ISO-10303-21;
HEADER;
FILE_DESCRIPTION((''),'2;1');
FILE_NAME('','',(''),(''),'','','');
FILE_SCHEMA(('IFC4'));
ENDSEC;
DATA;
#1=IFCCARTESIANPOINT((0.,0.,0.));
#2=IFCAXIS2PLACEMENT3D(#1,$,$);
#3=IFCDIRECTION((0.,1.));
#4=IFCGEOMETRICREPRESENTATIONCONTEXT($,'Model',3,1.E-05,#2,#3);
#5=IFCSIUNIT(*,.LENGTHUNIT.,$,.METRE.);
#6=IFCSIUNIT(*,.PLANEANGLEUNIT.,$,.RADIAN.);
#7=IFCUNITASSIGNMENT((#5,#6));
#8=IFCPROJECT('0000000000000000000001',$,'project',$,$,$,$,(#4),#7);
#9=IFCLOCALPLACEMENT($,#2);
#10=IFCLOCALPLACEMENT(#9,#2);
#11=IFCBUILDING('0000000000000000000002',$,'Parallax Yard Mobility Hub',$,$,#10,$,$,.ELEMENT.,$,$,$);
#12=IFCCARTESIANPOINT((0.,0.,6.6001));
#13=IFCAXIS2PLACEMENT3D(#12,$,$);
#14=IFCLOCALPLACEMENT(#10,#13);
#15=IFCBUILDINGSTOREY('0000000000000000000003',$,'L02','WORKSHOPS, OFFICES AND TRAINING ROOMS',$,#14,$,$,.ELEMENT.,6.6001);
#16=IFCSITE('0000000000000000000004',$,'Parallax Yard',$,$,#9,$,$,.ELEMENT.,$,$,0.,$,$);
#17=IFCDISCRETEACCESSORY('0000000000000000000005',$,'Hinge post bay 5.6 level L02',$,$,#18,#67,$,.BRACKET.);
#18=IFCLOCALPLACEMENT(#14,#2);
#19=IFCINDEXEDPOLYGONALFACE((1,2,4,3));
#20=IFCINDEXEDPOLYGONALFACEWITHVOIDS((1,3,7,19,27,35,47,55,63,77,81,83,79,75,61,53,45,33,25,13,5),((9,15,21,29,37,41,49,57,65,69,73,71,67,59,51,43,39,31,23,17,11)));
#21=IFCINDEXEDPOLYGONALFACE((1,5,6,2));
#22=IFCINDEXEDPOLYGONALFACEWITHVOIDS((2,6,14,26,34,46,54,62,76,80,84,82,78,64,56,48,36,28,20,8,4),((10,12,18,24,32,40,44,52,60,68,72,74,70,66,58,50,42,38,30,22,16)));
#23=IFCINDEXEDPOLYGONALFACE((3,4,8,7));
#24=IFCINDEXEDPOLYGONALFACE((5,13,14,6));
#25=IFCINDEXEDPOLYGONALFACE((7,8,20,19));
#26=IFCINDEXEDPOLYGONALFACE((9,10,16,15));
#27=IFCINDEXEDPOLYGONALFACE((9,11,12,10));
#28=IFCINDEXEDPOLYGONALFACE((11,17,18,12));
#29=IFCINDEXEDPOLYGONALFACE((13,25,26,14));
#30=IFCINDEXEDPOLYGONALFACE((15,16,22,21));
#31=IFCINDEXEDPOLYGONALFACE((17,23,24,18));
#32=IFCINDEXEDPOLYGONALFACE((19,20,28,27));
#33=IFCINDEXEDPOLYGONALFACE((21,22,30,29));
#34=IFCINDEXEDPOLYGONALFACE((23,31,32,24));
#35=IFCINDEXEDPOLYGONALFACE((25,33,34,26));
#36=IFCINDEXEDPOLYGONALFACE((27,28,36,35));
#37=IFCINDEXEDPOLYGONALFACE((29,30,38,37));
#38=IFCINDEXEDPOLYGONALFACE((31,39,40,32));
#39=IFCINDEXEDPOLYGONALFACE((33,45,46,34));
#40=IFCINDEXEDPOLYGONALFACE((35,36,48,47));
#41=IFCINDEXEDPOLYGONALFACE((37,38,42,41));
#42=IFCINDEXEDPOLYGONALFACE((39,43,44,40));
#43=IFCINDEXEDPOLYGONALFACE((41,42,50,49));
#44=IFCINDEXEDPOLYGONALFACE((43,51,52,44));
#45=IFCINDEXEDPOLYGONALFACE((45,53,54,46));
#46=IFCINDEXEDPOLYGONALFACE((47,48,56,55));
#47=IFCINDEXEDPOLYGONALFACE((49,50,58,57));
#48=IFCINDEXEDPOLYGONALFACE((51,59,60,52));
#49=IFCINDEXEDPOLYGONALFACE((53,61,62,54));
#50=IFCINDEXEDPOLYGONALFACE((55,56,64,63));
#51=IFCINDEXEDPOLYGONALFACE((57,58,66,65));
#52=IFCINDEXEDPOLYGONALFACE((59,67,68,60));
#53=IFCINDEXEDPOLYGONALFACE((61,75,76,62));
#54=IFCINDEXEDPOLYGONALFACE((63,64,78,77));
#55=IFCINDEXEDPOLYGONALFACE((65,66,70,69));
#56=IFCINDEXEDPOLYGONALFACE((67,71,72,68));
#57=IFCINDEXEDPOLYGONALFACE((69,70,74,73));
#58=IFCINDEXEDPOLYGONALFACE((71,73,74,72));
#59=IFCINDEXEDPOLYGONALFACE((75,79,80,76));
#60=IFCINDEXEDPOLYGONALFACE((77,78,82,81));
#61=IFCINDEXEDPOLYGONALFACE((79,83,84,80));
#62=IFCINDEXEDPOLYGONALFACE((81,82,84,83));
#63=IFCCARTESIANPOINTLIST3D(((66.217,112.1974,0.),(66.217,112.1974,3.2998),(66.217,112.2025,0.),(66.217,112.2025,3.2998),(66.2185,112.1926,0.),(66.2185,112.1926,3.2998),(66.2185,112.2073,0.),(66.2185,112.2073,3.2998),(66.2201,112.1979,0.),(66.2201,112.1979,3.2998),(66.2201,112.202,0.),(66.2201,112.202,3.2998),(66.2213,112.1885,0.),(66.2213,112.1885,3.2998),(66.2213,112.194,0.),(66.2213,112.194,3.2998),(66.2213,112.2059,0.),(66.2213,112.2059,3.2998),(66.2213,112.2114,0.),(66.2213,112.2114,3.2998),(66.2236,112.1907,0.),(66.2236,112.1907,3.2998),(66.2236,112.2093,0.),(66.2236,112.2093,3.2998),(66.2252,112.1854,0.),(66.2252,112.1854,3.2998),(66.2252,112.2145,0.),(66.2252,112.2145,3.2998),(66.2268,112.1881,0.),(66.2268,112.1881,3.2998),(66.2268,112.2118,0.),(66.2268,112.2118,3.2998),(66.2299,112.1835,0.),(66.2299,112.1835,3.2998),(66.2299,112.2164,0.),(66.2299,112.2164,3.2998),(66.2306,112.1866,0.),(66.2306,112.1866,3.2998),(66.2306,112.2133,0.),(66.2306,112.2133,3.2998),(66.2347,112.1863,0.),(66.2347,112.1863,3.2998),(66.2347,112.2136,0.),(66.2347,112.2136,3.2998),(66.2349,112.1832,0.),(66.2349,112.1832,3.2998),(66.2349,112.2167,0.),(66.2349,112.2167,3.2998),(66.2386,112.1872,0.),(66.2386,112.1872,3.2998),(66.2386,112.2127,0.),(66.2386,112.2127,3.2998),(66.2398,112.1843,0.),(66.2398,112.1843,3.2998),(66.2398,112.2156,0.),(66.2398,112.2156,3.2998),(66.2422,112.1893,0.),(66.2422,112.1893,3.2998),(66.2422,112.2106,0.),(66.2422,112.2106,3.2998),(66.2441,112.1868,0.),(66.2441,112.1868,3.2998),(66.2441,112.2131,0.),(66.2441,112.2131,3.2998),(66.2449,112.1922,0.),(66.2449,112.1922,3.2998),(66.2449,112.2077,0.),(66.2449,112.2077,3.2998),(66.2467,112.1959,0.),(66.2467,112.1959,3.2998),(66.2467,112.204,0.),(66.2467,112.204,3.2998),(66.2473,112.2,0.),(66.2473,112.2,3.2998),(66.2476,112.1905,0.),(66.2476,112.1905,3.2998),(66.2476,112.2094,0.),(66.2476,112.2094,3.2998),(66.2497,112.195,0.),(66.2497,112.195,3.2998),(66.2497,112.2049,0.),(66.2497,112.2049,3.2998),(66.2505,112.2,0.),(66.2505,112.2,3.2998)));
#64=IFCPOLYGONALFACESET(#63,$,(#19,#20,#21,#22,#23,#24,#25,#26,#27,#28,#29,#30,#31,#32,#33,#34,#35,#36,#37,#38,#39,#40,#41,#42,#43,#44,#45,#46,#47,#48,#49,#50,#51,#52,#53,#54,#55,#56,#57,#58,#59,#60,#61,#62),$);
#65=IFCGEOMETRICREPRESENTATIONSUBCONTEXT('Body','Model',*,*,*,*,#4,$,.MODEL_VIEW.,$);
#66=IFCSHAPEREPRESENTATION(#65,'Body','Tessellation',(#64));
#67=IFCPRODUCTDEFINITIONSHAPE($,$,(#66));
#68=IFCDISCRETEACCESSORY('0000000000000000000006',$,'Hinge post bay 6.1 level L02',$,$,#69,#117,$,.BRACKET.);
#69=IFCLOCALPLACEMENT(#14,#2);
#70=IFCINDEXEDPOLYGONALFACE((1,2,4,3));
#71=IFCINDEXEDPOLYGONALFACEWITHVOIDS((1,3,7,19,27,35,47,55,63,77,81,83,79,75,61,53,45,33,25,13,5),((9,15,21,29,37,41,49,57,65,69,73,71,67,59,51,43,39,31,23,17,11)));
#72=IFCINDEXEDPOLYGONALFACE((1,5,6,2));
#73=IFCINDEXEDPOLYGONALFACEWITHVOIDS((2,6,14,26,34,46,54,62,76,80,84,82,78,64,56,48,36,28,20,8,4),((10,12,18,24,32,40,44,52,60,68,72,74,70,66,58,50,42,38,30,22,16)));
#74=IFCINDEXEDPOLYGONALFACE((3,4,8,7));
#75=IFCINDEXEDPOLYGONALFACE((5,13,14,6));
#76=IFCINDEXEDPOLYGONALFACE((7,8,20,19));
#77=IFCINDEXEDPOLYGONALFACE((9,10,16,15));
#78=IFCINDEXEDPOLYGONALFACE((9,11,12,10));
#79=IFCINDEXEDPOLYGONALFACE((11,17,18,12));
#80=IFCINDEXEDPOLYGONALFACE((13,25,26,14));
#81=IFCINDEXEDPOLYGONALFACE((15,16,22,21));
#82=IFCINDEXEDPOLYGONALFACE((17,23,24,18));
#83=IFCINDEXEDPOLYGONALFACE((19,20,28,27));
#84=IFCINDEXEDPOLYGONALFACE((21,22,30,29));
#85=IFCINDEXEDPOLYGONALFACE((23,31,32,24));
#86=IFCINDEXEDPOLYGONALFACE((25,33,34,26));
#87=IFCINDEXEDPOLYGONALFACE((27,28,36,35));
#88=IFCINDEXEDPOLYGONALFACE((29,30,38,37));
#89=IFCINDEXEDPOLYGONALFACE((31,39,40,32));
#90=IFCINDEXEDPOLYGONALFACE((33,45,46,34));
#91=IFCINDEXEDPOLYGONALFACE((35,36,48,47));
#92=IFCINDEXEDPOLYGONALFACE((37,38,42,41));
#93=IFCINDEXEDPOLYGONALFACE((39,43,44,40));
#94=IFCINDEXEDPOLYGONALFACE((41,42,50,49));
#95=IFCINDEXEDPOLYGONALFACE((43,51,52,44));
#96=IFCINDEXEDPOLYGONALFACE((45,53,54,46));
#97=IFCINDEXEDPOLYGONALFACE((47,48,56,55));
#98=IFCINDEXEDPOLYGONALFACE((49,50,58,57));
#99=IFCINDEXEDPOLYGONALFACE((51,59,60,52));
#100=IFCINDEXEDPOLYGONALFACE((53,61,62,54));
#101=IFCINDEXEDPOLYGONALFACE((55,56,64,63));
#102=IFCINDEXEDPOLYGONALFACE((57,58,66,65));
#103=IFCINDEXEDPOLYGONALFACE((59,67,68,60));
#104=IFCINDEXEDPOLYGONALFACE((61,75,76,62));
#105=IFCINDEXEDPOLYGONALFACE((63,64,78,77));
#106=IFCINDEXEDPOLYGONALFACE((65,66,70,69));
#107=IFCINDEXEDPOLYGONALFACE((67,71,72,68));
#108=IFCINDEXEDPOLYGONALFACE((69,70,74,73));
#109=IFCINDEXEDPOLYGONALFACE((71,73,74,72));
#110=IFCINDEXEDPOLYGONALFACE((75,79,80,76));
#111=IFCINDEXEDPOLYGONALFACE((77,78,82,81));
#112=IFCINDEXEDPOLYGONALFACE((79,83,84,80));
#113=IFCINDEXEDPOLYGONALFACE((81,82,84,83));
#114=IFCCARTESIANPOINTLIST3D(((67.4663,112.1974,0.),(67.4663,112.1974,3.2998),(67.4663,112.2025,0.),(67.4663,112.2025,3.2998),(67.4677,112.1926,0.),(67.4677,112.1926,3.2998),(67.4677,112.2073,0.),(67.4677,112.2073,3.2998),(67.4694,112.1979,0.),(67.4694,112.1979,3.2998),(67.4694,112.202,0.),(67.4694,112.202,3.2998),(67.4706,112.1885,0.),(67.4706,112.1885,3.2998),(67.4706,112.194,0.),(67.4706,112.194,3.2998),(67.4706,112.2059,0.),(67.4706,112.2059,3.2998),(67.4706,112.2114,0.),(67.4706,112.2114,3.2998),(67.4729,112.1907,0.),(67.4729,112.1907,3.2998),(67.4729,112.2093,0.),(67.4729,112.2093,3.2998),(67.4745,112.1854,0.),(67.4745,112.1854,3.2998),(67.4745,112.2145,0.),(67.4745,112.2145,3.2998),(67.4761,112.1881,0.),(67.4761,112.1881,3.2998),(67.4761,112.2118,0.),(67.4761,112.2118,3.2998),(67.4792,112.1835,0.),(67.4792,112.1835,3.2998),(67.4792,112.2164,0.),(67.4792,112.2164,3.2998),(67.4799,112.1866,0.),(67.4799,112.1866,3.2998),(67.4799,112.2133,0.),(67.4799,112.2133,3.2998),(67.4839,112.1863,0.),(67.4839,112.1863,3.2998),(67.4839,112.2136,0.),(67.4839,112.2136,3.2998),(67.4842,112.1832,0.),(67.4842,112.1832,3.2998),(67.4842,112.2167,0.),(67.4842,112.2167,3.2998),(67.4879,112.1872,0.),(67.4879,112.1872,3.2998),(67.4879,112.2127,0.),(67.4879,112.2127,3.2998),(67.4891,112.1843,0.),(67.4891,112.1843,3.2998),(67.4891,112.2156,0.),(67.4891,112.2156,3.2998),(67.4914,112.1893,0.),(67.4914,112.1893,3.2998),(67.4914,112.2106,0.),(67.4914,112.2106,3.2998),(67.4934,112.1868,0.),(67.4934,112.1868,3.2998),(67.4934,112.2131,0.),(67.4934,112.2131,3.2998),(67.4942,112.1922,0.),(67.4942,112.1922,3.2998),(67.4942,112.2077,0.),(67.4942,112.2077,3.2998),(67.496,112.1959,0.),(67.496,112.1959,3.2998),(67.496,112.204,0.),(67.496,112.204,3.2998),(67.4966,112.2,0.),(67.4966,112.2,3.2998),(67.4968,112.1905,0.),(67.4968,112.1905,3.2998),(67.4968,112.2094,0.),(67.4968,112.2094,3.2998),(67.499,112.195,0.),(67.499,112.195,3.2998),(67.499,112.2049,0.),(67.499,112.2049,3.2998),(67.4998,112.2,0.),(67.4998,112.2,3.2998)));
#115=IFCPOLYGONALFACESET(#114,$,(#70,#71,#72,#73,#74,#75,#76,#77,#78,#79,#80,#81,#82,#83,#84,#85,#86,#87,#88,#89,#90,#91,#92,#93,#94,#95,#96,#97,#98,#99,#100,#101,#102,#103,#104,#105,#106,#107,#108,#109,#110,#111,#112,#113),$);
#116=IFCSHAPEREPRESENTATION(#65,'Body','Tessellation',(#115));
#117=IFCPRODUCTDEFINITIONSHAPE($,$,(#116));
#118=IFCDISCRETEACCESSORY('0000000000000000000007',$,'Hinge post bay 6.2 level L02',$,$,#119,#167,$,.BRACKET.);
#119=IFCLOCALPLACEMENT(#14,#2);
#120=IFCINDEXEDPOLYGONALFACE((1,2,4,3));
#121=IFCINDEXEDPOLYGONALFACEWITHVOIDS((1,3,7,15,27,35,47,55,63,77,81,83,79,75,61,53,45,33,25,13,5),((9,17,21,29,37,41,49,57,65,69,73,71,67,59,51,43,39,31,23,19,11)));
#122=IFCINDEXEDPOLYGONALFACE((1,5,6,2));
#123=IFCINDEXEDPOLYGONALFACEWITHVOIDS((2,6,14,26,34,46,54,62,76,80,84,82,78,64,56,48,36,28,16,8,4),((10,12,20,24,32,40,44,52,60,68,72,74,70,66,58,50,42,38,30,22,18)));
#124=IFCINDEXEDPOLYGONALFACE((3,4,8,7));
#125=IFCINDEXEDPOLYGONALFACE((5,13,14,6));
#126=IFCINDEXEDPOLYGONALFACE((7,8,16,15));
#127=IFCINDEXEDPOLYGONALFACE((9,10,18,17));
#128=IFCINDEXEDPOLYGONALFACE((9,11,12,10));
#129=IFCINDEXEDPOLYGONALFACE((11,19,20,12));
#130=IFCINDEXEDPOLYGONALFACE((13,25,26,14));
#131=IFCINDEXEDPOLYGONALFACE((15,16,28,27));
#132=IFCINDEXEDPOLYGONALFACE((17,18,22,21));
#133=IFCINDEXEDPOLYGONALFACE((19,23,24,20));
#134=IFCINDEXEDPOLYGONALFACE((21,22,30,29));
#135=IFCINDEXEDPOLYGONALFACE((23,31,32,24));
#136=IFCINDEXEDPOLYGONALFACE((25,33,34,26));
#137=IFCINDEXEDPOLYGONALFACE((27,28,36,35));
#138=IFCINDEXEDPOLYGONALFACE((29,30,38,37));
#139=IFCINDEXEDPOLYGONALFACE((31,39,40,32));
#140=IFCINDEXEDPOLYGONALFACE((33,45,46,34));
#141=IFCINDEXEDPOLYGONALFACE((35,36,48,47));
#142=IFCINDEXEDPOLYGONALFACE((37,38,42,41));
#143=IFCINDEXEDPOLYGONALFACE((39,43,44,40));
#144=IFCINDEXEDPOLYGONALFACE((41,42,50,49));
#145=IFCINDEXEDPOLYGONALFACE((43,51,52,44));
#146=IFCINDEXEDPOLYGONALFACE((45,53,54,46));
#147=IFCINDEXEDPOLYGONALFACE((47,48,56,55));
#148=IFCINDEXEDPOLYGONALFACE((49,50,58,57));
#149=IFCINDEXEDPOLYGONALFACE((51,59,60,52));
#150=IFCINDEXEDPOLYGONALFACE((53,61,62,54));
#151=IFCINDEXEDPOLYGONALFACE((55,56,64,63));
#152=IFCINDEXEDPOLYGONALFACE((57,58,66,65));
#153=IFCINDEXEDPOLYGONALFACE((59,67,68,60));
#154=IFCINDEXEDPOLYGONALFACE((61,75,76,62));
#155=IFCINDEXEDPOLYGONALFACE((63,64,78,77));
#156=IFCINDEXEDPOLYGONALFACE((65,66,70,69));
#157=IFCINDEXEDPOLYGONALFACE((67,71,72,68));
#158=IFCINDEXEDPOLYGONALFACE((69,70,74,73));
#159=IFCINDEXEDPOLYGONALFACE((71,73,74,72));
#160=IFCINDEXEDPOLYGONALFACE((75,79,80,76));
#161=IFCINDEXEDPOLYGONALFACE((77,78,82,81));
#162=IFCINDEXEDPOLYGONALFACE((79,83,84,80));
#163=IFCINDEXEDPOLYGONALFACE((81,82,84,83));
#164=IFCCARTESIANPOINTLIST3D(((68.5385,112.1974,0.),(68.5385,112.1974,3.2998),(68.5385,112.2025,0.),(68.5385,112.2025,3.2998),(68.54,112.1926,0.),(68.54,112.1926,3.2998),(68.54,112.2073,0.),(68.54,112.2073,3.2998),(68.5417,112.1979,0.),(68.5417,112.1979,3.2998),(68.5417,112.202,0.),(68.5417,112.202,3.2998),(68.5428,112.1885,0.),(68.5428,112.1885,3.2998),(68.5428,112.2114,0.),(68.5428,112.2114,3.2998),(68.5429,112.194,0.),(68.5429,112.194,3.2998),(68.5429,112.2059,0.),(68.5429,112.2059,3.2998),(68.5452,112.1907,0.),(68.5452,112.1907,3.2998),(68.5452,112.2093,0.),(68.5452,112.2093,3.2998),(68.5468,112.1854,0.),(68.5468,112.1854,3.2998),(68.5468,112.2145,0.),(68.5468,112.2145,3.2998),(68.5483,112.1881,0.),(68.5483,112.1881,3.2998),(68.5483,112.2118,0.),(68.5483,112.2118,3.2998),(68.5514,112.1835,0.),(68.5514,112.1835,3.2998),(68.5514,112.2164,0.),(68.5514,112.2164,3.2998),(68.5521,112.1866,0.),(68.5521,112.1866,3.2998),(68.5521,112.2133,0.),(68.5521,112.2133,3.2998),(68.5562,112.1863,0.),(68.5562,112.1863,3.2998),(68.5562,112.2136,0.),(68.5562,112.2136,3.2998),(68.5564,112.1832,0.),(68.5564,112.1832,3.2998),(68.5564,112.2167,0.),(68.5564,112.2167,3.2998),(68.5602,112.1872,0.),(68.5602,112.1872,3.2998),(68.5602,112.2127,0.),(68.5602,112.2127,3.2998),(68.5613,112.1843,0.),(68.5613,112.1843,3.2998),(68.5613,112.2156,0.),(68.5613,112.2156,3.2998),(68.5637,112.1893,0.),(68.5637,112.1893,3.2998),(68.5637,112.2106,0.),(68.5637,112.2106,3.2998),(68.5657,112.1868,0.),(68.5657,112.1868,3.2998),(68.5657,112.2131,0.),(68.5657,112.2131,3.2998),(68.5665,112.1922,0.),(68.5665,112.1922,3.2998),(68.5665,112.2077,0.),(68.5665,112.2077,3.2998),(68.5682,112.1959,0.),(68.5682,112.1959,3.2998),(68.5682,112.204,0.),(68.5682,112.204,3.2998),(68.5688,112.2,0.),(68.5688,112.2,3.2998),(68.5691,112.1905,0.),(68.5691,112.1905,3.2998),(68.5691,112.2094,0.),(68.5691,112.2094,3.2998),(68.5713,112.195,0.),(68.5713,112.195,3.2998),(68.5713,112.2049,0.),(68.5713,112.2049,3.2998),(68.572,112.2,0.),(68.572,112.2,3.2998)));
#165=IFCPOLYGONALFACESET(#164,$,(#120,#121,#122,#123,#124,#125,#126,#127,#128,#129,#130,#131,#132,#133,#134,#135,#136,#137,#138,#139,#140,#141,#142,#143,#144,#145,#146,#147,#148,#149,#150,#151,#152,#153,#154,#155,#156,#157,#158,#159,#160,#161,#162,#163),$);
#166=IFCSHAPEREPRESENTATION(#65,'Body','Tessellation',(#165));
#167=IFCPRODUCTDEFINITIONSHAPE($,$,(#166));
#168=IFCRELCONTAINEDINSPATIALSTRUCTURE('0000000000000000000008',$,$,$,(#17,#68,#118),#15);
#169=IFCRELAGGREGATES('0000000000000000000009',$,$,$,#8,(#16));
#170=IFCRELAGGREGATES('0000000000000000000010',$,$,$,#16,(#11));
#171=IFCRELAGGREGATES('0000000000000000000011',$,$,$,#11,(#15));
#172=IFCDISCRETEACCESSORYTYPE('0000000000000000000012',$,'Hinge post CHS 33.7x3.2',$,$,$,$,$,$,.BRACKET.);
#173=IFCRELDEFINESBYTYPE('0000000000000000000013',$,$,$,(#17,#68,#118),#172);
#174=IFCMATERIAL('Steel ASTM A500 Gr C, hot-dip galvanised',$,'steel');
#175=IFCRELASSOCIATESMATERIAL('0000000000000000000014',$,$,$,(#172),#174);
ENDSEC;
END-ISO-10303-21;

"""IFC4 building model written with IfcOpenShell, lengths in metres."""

from ifc_helpers import new_model, si_unit, direction, frame, origin, origin_2d, place, context, subcontext, project, spatial, hollow_circle, extrude, material, material_profile, profile_set, type_object, element, save


model = new_model("IFC4")

# Units and contexts
model_context = context("Model", 3, precision=1e-05, world=origin(), true_north=direction((0.0, 1.0)))
body_context = subcontext(model_context, "Body", "Model", "MODEL_VIEW")
ifc_project = project(units=[si_unit("LENGTHUNIT", "METRE"), si_unit("PLANEANGLEUNIT", "RADIAN")], contexts=[model_context])

# Site, building, storey
site_placement = place(None, origin())
site = spatial("IfcSite", under=ifc_project, at=site_placement, Name="Parallax Yard", CompositionType="ELEMENT", RefElevation=0.0)
building_placement = place(site_placement, origin())
building = spatial("IfcBuilding", under=site, at=building_placement, Name="Parallax Yard Mobility Hub", CompositionType="ELEMENT")
storey_placement = place(building_placement, frame((0.0, 0.0, 6.6001)))
storey = spatial("IfcBuildingStorey", under=building, at=storey_placement, Name="L02", Description="WORKSHOPS, OFFICES AND TRAINING ROOMS", CompositionType="ELEMENT", Elevation=6.6001)

# Discrete accessories
ifc_material_1 = material(Name="Steel ASTM A500 Gr C, hot-dip galvanised", Category="steel")
ifc_material_profile_1 = material_profile(ifc_material_1, hollow_circle(Radius=0.0168, WallThickness=0.0032, at=origin_2d()), Name="CHS 33.7x3.2")
ifc_profile_set_1 = profile_set([ifc_material_profile_1], Name="Steel ASTM A500 Gr C, hot-dip galvanised")
discrete_accessory_type_1 = type_object("IfcDiscreteAccessoryType", Name="Hinge post CHS 33.7x3.2", PredefinedType="BRACKET", material=ifc_profile_set_1)
for number, where, z_axis, x_axis, name in (
    (1, (66.2336, 112.2, 0.0), (0.0, 0.0, 1.0), (1.0, 0.0, 0.0), "Hinge post bay 5.6 level L02"),
    (2, (67.4829, 112.2, 0.0), (0.0, 0.0, 1.0), (1.0, 0.0, 0.0), "Hinge post bay 6.1 level L02"),
    (3, (68.5552, 112.2, 0.0), (0.0, 0.0, 1.0), (1.0, 0.0, 0.0), "Hinge post bay 6.2 level L02"),
):
    element("IfcDiscreteAccessory", number, at=place(storey_placement, frame(where, z_axis=z_axis, x_axis=x_axis)), inside=storey, type_object=discrete_accessory_type_1, Name=name, PredefinedType="BRACKET", context=body_context, shape_type="SweptSolid", body=[
        extrude(hollow_circle(Radius=0.0168, WallThickness=0.0032, at=origin_2d()), origin(), (0.0, 0.0, 1.0), 3.2998),
    ])

save(model, "model.ifc")
